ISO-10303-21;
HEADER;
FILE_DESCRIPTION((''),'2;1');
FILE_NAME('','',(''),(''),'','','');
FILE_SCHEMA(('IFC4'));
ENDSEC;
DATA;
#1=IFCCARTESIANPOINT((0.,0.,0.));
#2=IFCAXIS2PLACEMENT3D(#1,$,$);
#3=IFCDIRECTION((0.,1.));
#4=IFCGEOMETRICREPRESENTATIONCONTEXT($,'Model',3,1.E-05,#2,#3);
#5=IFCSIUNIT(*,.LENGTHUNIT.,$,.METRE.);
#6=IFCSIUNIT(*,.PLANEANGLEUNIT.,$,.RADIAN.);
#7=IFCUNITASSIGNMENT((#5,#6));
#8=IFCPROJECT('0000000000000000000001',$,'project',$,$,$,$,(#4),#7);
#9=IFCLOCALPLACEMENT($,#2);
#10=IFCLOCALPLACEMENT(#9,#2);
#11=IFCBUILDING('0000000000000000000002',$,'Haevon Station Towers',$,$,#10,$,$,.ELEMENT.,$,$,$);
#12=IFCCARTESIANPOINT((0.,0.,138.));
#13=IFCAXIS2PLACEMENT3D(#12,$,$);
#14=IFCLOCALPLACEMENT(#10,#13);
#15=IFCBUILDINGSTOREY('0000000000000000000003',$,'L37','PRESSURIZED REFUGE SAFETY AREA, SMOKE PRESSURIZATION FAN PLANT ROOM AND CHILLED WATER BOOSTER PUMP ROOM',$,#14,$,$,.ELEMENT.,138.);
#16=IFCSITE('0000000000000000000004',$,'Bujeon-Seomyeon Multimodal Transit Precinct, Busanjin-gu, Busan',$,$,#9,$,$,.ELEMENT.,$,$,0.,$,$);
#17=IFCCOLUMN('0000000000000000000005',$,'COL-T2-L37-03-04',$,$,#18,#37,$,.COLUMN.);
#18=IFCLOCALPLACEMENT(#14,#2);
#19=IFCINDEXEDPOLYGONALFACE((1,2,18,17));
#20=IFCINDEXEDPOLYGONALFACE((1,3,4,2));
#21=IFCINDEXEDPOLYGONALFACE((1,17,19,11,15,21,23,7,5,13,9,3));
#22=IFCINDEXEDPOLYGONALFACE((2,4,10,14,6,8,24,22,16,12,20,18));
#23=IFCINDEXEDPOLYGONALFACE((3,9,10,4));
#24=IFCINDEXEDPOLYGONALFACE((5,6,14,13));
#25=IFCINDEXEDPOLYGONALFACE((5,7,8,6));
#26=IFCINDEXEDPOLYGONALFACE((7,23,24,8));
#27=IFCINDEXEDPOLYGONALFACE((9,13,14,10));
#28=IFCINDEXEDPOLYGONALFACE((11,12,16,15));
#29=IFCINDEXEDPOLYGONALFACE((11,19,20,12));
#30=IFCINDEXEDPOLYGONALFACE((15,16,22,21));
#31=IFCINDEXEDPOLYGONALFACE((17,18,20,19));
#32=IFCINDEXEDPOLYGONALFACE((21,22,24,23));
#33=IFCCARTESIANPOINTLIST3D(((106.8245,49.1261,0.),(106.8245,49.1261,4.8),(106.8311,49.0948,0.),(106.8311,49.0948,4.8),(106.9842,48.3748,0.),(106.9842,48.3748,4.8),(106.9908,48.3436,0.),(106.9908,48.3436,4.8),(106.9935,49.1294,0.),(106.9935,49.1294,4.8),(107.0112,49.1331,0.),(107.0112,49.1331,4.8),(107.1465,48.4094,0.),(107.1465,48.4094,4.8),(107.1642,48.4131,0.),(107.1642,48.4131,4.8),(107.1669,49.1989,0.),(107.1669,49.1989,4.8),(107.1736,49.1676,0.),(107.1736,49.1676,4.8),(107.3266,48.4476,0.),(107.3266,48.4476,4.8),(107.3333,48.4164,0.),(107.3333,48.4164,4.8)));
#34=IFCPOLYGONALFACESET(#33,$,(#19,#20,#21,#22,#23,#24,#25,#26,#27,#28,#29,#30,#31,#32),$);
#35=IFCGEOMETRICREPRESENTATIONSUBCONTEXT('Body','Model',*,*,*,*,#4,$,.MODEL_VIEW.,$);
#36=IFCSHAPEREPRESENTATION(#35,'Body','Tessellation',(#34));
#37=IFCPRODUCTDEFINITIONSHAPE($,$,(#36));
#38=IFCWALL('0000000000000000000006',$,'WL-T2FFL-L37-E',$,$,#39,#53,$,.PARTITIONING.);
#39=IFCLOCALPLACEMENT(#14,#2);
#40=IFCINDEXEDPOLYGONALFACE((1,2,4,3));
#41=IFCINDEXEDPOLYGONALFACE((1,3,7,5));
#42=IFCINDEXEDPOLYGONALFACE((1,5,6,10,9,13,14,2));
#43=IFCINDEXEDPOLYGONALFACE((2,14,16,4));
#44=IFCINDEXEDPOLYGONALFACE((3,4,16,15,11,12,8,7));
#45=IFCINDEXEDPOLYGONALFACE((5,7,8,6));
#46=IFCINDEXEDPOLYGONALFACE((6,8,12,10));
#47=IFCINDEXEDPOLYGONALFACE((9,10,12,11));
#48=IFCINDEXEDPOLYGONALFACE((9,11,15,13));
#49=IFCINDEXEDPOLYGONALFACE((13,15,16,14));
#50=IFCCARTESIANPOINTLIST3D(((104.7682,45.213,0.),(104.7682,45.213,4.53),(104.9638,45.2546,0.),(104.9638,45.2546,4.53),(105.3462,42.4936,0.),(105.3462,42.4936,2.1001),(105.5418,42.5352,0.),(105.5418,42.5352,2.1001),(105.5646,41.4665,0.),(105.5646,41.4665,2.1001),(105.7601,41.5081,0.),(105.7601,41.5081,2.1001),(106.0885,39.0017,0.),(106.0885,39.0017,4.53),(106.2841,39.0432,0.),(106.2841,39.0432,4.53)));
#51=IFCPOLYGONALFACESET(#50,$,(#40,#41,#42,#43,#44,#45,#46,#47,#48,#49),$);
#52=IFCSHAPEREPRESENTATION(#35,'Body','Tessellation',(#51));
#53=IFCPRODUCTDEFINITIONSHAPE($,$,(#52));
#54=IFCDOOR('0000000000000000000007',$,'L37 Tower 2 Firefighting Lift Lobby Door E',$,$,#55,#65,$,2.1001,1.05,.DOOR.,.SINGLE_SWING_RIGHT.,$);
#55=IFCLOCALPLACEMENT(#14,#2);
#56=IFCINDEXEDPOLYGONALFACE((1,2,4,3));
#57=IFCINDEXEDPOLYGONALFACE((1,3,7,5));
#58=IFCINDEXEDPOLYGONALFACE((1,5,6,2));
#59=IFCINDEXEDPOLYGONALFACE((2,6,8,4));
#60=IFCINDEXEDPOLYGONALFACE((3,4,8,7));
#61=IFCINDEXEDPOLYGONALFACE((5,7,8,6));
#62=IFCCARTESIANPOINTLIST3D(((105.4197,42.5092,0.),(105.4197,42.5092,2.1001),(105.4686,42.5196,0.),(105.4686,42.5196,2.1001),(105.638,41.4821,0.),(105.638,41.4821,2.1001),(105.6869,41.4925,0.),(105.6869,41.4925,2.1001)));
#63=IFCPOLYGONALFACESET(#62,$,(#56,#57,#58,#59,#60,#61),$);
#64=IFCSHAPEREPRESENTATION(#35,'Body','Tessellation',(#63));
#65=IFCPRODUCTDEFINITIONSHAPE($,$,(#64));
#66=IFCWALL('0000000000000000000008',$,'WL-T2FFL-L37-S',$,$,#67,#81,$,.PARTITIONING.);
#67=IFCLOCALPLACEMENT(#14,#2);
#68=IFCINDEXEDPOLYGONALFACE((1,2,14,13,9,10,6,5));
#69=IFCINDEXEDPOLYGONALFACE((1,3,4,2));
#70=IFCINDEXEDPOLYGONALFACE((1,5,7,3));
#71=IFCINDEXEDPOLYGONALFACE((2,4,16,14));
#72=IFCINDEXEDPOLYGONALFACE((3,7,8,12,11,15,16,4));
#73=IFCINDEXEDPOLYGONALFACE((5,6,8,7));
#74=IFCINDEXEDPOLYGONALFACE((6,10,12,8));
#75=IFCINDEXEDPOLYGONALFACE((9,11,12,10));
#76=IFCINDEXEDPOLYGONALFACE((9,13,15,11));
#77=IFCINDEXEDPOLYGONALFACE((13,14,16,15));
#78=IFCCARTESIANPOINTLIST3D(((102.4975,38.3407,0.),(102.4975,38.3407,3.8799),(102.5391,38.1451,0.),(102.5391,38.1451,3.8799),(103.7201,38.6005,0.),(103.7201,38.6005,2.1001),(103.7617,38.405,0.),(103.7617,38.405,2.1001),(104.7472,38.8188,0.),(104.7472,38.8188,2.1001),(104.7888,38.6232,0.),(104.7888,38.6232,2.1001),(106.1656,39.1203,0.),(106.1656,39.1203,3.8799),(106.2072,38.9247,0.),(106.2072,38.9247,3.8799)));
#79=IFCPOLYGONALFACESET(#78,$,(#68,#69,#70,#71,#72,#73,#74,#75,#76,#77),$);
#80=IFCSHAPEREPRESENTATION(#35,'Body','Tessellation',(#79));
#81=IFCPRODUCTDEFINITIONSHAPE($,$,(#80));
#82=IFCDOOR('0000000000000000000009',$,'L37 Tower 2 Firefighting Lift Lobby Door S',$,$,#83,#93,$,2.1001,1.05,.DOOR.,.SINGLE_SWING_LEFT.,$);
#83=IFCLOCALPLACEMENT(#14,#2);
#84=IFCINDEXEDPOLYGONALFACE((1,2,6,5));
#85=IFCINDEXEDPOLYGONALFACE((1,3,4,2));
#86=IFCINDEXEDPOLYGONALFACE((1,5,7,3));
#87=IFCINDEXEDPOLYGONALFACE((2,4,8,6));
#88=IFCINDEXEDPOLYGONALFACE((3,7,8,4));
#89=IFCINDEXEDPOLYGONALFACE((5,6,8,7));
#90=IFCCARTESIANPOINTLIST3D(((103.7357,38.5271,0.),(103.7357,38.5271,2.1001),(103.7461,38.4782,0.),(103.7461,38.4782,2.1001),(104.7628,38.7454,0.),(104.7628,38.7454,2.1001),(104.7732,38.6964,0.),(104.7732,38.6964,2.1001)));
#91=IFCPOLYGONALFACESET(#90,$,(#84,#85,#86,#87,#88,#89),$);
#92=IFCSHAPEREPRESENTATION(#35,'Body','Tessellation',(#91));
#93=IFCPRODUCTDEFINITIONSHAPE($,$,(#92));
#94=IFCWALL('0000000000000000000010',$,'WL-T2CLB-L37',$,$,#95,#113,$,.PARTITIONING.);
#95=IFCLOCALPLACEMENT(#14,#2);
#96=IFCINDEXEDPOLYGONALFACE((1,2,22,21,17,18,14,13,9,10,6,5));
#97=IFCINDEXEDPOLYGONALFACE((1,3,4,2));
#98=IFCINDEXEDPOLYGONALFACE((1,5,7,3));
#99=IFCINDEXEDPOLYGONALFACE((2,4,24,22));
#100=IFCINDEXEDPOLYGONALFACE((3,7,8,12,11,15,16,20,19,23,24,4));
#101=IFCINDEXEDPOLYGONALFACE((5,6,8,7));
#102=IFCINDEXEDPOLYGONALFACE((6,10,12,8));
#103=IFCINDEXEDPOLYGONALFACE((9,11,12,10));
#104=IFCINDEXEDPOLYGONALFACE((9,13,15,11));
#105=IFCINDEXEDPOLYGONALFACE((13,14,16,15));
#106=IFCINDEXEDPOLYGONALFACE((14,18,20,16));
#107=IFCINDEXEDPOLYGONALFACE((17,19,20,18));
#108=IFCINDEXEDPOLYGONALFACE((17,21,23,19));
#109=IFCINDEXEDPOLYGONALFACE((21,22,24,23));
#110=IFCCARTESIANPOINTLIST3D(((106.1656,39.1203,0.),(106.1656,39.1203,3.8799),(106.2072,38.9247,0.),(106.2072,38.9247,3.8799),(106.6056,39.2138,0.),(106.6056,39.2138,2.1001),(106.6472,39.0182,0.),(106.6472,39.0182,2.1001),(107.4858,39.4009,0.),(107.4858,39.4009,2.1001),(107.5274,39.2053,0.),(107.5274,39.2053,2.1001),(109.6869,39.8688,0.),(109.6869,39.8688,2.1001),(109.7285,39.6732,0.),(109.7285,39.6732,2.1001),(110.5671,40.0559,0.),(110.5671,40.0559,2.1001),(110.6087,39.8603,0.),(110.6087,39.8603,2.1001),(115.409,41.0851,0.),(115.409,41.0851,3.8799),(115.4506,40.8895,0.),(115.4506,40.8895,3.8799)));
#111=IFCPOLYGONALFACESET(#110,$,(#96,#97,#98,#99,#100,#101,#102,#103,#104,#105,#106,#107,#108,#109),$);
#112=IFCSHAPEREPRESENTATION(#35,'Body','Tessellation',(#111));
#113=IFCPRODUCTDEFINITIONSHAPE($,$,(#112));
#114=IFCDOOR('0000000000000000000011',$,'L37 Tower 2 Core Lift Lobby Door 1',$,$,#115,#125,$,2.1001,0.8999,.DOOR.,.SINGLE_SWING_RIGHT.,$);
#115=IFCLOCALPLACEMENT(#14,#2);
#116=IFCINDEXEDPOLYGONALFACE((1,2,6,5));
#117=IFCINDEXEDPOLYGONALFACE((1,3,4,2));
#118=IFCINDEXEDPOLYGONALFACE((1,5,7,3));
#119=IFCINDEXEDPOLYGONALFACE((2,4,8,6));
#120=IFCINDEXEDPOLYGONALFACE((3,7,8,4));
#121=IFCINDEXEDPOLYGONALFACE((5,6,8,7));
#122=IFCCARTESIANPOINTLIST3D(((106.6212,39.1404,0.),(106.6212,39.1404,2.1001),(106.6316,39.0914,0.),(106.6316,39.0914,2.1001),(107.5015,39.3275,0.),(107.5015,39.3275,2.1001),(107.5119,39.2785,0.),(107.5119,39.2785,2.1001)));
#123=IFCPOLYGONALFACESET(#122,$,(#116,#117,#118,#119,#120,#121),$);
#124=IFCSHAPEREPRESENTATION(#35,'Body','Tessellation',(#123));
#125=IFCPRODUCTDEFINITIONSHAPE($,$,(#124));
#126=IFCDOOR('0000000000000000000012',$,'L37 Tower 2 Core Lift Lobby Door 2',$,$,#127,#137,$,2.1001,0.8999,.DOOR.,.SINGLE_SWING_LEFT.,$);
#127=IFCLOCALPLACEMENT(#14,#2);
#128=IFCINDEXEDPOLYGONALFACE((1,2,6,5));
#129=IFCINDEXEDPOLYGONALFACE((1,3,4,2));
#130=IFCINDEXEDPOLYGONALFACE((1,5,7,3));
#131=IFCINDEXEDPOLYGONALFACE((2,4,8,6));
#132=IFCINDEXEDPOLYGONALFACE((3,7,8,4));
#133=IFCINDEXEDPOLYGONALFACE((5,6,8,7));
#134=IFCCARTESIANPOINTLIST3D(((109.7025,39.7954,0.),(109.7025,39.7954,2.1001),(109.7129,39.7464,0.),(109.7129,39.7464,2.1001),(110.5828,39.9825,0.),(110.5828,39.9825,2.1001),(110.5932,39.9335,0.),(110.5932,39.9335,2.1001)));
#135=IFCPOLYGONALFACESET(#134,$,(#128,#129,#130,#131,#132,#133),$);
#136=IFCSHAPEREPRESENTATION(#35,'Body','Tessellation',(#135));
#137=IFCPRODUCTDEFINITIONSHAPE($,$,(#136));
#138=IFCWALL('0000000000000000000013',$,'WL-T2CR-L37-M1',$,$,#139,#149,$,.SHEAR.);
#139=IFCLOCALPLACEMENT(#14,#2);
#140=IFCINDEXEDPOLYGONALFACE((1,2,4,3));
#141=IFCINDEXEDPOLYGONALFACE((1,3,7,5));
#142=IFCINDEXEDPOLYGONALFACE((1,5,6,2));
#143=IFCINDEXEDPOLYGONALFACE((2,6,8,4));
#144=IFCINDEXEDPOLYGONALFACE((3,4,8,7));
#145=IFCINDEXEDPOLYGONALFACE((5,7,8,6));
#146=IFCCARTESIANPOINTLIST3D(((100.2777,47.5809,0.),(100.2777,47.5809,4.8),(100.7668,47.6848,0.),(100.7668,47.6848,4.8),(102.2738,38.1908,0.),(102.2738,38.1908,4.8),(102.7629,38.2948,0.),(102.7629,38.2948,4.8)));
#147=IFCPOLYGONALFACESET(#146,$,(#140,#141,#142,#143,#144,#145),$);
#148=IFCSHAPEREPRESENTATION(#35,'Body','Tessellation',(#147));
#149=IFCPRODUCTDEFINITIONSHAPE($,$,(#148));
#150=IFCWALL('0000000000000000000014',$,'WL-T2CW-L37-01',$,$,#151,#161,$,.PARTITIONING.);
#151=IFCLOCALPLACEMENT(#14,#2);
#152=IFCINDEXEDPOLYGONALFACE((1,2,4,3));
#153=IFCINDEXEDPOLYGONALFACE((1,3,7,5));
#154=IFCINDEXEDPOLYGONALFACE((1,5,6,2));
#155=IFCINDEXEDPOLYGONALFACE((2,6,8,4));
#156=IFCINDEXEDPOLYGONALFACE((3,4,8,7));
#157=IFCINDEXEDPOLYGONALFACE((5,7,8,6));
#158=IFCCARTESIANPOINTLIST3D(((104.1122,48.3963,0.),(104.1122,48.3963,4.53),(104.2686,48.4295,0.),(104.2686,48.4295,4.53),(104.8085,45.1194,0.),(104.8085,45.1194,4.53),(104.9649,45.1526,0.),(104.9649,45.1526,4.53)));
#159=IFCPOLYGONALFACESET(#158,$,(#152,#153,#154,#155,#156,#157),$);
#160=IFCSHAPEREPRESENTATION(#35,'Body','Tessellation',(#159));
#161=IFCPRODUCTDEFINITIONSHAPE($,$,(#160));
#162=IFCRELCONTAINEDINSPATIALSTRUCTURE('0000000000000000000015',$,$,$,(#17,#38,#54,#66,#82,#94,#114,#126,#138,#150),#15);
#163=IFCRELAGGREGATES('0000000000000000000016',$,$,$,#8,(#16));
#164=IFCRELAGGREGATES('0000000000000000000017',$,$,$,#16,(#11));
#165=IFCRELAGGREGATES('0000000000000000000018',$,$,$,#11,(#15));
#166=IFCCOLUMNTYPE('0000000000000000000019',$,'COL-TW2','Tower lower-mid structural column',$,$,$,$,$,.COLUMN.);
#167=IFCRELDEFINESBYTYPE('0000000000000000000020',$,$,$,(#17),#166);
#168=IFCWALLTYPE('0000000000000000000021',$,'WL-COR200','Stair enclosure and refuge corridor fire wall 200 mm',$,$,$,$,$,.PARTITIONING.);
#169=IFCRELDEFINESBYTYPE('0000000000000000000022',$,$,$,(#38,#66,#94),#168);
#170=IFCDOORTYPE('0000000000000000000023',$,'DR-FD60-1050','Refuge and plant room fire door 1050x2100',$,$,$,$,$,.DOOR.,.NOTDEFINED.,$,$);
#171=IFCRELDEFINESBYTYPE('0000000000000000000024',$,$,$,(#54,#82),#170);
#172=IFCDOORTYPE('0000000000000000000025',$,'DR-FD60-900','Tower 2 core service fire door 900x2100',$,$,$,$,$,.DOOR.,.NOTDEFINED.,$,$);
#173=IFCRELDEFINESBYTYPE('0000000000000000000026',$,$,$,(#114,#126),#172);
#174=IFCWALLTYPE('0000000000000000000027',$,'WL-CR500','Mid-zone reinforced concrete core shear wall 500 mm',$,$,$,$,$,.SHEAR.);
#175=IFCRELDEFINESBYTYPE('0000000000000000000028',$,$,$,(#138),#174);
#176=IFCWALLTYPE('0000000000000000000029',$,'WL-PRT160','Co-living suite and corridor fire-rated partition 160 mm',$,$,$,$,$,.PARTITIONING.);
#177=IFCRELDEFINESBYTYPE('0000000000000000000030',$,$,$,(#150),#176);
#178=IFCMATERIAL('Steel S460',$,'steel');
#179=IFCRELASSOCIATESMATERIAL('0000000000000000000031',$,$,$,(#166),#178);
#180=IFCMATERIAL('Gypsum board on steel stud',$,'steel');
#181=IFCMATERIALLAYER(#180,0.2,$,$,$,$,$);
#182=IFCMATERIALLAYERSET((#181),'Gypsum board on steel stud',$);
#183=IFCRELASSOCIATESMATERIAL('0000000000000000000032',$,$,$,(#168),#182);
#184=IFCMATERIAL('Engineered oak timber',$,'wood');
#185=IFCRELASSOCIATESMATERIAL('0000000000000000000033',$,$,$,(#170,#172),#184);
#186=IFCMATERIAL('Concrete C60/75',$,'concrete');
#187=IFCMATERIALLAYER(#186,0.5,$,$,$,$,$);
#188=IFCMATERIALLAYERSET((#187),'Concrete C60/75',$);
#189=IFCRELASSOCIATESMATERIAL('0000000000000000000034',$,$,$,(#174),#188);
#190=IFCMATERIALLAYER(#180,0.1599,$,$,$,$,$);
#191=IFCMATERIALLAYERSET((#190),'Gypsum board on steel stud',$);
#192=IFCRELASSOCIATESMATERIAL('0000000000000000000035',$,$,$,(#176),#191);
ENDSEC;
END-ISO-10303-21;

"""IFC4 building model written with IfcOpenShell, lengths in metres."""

from ifc_helpers import new_model, si_unit, direction, frame, frame_2d, origin, origin_2d, place, context, subcontext, project, spatial, rectangle, i_section, extrude, material, layer, layer_set, material_profile, profile_set, type_object, element, fill, save


model = new_model("IFC4")

# Units and contexts
model_context = context("Model", 3, precision=1e-05, world=origin(), true_north=direction((0.0, 1.0)))
body_context = subcontext(model_context, "Body", "Model", "MODEL_VIEW")
ifc_project = project(units=[si_unit("LENGTHUNIT", "METRE"), si_unit("PLANEANGLEUNIT", "RADIAN")], contexts=[model_context])

# Site, building, storey
site_placement = place(None, origin())
site = spatial("IfcSite", under=ifc_project, at=site_placement, Name="Bujeon-Seomyeon Multimodal Transit Precinct, Busanjin-gu, Busan", CompositionType="ELEMENT", RefElevation=0.0)
building_placement = place(site_placement, origin())
building = spatial("IfcBuilding", under=site, at=building_placement, Name="Haevon Station Towers", CompositionType="ELEMENT")
storey_placement = place(building_placement, frame((0.0, 0.0, 138.0)))
storey = spatial("IfcBuildingStorey", under=building, at=storey_placement, Name="L37", Description="PRESSURIZED REFUGE SAFETY AREA, SMOKE PRESSURIZATION FAN PLANT ROOM AND CHILLED WATER BOOSTER PUMP ROOM", CompositionType="ELEMENT", Elevation=138.0)

# Column
ifc_material_1 = material(Name="Steel S460", Category="steel")
ifc_material_profile = material_profile(ifc_material_1, i_section(OverallWidth=0.3501, OverallDepth=0.8, WebThickness=0.0181, FlangeThickness=0.032, at=origin_2d()), Name="H-800x350x18x32")
ifc_profile_set = profile_set([ifc_material_profile], Name="Steel S460")
column_type = type_object("IfcColumnType", Name="COL-TW2", Description="Tower lower-mid structural column", PredefinedType="COLUMN", material=ifc_profile_set)
column_placement = place(storey_placement, frame((107.0789, 48.7712, 0.0), z_axis=(0.0, 0.0, 1.0), x_axis=(0.978148, 0.207912, 0.0)))
element("IfcColumn", 1, at=column_placement, inside=storey, type_object=column_type, Name="COL-T2-L37-03-04", PredefinedType="COLUMN", context=body_context, shape_type="SweptSolid", body=[
    extrude(i_section(OverallWidth=0.3501, OverallDepth=0.8, WebThickness=0.0181, FlangeThickness=0.032, at=origin_2d()), origin(), (0.0, 0.0, 1.0), 4.8),
])

# Walls, openings, doors
ifc_material_2 = material(Name="Gypsum board on steel stud", Category="steel")
ifc_layer_1 = layer(ifc_material_2, 0.2)
ifc_layer_set_1 = layer_set([ifc_layer_1], Name="Gypsum board on steel stud")
wall_type_1 = type_object("IfcWallType", Name="WL-COR200", Description="Stair enclosure and refuge corridor fire wall 200 mm", PredefinedType="PARTITIONING", material=ifc_layer_set_1)
wall_1_placement = place(storey_placement, frame((106.1863, 39.0225, 0.0), z_axis=(0.0, 0.0, 1.0), x_axis=(-0.207917, 0.978147, 0.0)))
wall_1 = element("IfcWall", 2, at=wall_1_placement, inside=storey, type_object=wall_type_1, Name="WL-T2FFL-L37-E", PredefinedType="PARTITIONING", context=body_context, shape_type="SweptSolid", body=[
    extrude(rectangle(XDim=6.3501, YDim=0.2, at=frame_2d((3.175, 0.0))), origin(), (0.0, 0.0, 1.0), 4.53),
])
opening_1_placement = place(wall_1_placement, frame((2.52, 0.0, 0.0)))
opening_1 = element("IfcOpeningElement", 3, at=opening_1_placement, cuts=wall_1, PredefinedType="OPENING", context=body_context, shape_type="SweptSolid", body=[
    extrude(rectangle(XDim=1.05, YDim=2.1001, at=frame_2d((0.5249, 1.05))), frame((0.0, 0.1099, 0.0), z_axis=(0.0, -1.0, 0.0), x_axis=(1.0, 0.0, 0.0)), (0.0, 0.0, 1.0), 0.22),
])
ifc_material_3 = material(Name="Engineered oak timber", Category="wood")
door_type_1 = type_object("IfcDoorType", Name="DR-FD60-1050", Description="Refuge and plant room fire door 1050x2100", OperationType="NOTDEFINED", PredefinedType="DOOR", material=ifc_material_3)
door_1_placement = place(opening_1_placement, origin())
door_1 = element("IfcDoor", 4, at=door_1_placement, inside=storey, type_object=door_type_1, Name="L37 Tower 2 Firefighting Lift Lobby Door E", OperationType="SINGLE_SWING_RIGHT", OverallHeight=2.1001, OverallWidth=1.05, PredefinedType="DOOR", context=body_context, shape_type="SweptSolid", body=[
    extrude(rectangle(XDim=1.05, YDim=2.1001, at=frame_2d((0.5249, 1.05))), frame((0.0, 0.0249, 0.0), z_axis=(0.0, -1.0, 0.0), x_axis=(1.0, 0.0, 0.0)), (0.0, 0.0, 1.0), 0.05),
])
fill(opening_1, door_1)
wall_2_placement = place(storey_placement, frame((102.5183, 38.2429, 0.0), z_axis=(0.0, 0.0, 1.0), x_axis=(0.978154, 0.207884, 0.0)))
wall_2 = element("IfcWall", 5, at=wall_2_placement, inside=storey, type_object=wall_type_1, Name="WL-T2FFL-L37-S", PredefinedType="PARTITIONING", context=body_context, shape_type="SweptSolid", body=[
    extrude(rectangle(XDim=3.75, YDim=0.2, at=frame_2d((1.875, 0.0))), origin(), (0.0, 0.0, 1.0), 3.8799),
])
opening_2_placement = place(wall_2_placement, frame((1.25, 0.0, 0.0)))
opening_2 = element("IfcOpeningElement", 6, at=opening_2_placement, cuts=wall_2, PredefinedType="OPENING", context=body_context, shape_type="SweptSolid", body=[
    extrude(rectangle(XDim=1.05, YDim=2.1001, at=frame_2d((0.5249, 1.05))), frame((0.0, 0.1099, 0.0), z_axis=(0.0, -1.0, 0.0), x_axis=(1.0, 0.0, 0.0)), (0.0, 0.0, 1.0), 0.22),
])
door_2_placement = place(opening_2_placement, origin())
door_2 = element("IfcDoor", 7, at=door_2_placement, inside=storey, type_object=door_type_1, Name="L37 Tower 2 Firefighting Lift Lobby Door S", OperationType="SINGLE_SWING_LEFT", OverallHeight=2.1001, OverallWidth=1.05, PredefinedType="DOOR", context=body_context, shape_type="SweptSolid", body=[
    extrude(rectangle(XDim=1.05, YDim=2.1001, at=frame_2d((0.5249, 1.05))), frame((0.0, 0.0249, 0.0), z_axis=(0.0, -1.0, 0.0), x_axis=(1.0, 0.0, 0.0)), (0.0, 0.0, 1.0), 0.05),
])
fill(opening_2, door_2)

# Wall, openings, doors
wall_3_placement = place(storey_placement, frame((106.1863, 39.0225, 0.0), z_axis=(0.0, 0.0, 1.0), x_axis=(0.978146, 0.207921, 0.0)))
wall_3 = element("IfcWall", 8, at=wall_3_placement, inside=storey, type_object=wall_type_1, Name="WL-T2CLB-L37", PredefinedType="PARTITIONING", context=body_context, shape_type="SweptSolid", body=[
    extrude(rectangle(XDim=9.45, YDim=0.2, at=frame_2d((4.7251, 0.0))), origin(), (0.0, 0.0, 1.0), 3.8799),
])
opening_3_placement = place(wall_3_placement, frame((0.45, 0.0, 0.0)))
opening_3 = element("IfcOpeningElement", 9, at=opening_3_placement, cuts=wall_3, PredefinedType="OPENING", context=body_context, shape_type="SweptSolid", body=[
    extrude(rectangle(XDim=0.8999, YDim=2.1001, at=frame_2d((0.45, 1.05))), frame((0.0, 0.1099, 0.0), z_axis=(0.0, -1.0, 0.0), x_axis=(1.0, 0.0, 0.0)), (0.0, 0.0, 1.0), 0.22),
])
opening_4_placement = place(wall_3_placement, frame((3.6001, 0.0, 0.0)))
opening_4 = element("IfcOpeningElement", 10, at=opening_4_placement, cuts=wall_3, PredefinedType="OPENING", context=body_context, shape_type="SweptSolid", body=[
    extrude(rectangle(XDim=0.8999, YDim=2.1001, at=frame_2d((0.45, 1.05))), frame((0.0, 0.1099, 0.0), z_axis=(0.0, -1.0, 0.0), x_axis=(1.0, 0.0, 0.0)), (0.0, 0.0, 1.0), 0.22),
])
door_type_2 = type_object("IfcDoorType", Name="DR-FD60-900", Description="Tower 2 core service fire door 900x2100", OperationType="NOTDEFINED", PredefinedType="DOOR", material=ifc_material_3)
door_3_placement = place(opening_3_placement, origin())
door_3 = element("IfcDoor", 11, at=door_3_placement, inside=storey, type_object=door_type_2, Name="L37 Tower 2 Core Lift Lobby Door 1", OperationType="SINGLE_SWING_RIGHT", OverallHeight=2.1001, OverallWidth=0.8999, PredefinedType="DOOR", context=body_context, shape_type="SweptSolid", body=[
    extrude(rectangle(XDim=0.8999, YDim=2.1001, at=frame_2d((0.45, 1.05))), frame((0.0, 0.0249, 0.0), z_axis=(0.0, -1.0, 0.0), x_axis=(1.0, 0.0, 0.0)), (0.0, 0.0, 1.0), 0.05),
])
fill(opening_3, door_3)
door_4_placement = place(opening_4_placement, origin())
door_4 = element("IfcDoor", 12, at=door_4_placement, inside=storey, type_object=door_type_2, Name="L37 Tower 2 Core Lift Lobby Door 2", OperationType="SINGLE_SWING_LEFT", OverallHeight=2.1001, OverallWidth=0.8999, PredefinedType="DOOR", context=body_context, shape_type="SweptSolid", body=[
    extrude(rectangle(XDim=0.8999, YDim=2.1001, at=frame_2d((0.45, 1.05))), frame((0.0, 0.0249, 0.0), z_axis=(0.0, -1.0, 0.0), x_axis=(1.0, 0.0, 0.0)), (0.0, 0.0, 1.0), 0.05),
])
fill(opening_4, door_4)

# Walls
ifc_material_4 = material(Name="Concrete C60/75", Category="concrete")
ifc_layer_2 = layer(ifc_material_4, 0.5)
ifc_layer_set_2 = layer_set([ifc_layer_2], Name="Concrete C60/75")
wall_type_2 = type_object("IfcWallType", Name="WL-CR500", Description="Mid-zone reinforced concrete core shear wall 500 mm", PredefinedType="SHEAR", material=ifc_layer_set_2)
wall_4_placement = place(storey_placement, frame((102.5183, 38.2429, 0.0), z_axis=(0.0, 0.0, 1.0), x_axis=(-0.207927, 0.978144, 0.0)))
element("IfcWall", 13, at=wall_4_placement, inside=storey, type_object=wall_type_2, Name="WL-T2CR-L37-M1", PredefinedType="SHEAR", context=body_context, shape_type="SweptSolid", body=[
    extrude(rectangle(XDim=9.5999, YDim=0.5, at=frame_2d((4.7998, 0.0))), origin(), (0.0, 0.0, 1.0), 4.8),
])
ifc_layer_3 = layer(ifc_material_2, 0.1599)
ifc_layer_set_3 = layer_set([ifc_layer_3], Name="Gypsum board on steel stud")
wall_type_3 = type_object("IfcWallType", Name="WL-PRT160", Description="Co-living suite and corridor fire-rated partition 160 mm", PredefinedType="PARTITIONING", material=ifc_layer_set_3)
wall_5_placement = place(storey_placement, frame((104.8867, 45.136, 0.0), z_axis=(0.0, 0.0, 1.0), x_axis=(-0.207847, 0.978161, 0.0)))
element("IfcWall", 14, at=wall_5_placement, inside=storey, type_object=wall_type_3, Name="WL-T2CW-L37-01", PredefinedType="PARTITIONING", context=body_context, shape_type="SweptSolid", body=[
    extrude(rectangle(XDim=3.3501, YDim=0.1599, at=frame_2d((1.675, 0.0))), origin(), (0.0, 0.0, 1.0), 4.53),
])

save(model, "model.ifc")
